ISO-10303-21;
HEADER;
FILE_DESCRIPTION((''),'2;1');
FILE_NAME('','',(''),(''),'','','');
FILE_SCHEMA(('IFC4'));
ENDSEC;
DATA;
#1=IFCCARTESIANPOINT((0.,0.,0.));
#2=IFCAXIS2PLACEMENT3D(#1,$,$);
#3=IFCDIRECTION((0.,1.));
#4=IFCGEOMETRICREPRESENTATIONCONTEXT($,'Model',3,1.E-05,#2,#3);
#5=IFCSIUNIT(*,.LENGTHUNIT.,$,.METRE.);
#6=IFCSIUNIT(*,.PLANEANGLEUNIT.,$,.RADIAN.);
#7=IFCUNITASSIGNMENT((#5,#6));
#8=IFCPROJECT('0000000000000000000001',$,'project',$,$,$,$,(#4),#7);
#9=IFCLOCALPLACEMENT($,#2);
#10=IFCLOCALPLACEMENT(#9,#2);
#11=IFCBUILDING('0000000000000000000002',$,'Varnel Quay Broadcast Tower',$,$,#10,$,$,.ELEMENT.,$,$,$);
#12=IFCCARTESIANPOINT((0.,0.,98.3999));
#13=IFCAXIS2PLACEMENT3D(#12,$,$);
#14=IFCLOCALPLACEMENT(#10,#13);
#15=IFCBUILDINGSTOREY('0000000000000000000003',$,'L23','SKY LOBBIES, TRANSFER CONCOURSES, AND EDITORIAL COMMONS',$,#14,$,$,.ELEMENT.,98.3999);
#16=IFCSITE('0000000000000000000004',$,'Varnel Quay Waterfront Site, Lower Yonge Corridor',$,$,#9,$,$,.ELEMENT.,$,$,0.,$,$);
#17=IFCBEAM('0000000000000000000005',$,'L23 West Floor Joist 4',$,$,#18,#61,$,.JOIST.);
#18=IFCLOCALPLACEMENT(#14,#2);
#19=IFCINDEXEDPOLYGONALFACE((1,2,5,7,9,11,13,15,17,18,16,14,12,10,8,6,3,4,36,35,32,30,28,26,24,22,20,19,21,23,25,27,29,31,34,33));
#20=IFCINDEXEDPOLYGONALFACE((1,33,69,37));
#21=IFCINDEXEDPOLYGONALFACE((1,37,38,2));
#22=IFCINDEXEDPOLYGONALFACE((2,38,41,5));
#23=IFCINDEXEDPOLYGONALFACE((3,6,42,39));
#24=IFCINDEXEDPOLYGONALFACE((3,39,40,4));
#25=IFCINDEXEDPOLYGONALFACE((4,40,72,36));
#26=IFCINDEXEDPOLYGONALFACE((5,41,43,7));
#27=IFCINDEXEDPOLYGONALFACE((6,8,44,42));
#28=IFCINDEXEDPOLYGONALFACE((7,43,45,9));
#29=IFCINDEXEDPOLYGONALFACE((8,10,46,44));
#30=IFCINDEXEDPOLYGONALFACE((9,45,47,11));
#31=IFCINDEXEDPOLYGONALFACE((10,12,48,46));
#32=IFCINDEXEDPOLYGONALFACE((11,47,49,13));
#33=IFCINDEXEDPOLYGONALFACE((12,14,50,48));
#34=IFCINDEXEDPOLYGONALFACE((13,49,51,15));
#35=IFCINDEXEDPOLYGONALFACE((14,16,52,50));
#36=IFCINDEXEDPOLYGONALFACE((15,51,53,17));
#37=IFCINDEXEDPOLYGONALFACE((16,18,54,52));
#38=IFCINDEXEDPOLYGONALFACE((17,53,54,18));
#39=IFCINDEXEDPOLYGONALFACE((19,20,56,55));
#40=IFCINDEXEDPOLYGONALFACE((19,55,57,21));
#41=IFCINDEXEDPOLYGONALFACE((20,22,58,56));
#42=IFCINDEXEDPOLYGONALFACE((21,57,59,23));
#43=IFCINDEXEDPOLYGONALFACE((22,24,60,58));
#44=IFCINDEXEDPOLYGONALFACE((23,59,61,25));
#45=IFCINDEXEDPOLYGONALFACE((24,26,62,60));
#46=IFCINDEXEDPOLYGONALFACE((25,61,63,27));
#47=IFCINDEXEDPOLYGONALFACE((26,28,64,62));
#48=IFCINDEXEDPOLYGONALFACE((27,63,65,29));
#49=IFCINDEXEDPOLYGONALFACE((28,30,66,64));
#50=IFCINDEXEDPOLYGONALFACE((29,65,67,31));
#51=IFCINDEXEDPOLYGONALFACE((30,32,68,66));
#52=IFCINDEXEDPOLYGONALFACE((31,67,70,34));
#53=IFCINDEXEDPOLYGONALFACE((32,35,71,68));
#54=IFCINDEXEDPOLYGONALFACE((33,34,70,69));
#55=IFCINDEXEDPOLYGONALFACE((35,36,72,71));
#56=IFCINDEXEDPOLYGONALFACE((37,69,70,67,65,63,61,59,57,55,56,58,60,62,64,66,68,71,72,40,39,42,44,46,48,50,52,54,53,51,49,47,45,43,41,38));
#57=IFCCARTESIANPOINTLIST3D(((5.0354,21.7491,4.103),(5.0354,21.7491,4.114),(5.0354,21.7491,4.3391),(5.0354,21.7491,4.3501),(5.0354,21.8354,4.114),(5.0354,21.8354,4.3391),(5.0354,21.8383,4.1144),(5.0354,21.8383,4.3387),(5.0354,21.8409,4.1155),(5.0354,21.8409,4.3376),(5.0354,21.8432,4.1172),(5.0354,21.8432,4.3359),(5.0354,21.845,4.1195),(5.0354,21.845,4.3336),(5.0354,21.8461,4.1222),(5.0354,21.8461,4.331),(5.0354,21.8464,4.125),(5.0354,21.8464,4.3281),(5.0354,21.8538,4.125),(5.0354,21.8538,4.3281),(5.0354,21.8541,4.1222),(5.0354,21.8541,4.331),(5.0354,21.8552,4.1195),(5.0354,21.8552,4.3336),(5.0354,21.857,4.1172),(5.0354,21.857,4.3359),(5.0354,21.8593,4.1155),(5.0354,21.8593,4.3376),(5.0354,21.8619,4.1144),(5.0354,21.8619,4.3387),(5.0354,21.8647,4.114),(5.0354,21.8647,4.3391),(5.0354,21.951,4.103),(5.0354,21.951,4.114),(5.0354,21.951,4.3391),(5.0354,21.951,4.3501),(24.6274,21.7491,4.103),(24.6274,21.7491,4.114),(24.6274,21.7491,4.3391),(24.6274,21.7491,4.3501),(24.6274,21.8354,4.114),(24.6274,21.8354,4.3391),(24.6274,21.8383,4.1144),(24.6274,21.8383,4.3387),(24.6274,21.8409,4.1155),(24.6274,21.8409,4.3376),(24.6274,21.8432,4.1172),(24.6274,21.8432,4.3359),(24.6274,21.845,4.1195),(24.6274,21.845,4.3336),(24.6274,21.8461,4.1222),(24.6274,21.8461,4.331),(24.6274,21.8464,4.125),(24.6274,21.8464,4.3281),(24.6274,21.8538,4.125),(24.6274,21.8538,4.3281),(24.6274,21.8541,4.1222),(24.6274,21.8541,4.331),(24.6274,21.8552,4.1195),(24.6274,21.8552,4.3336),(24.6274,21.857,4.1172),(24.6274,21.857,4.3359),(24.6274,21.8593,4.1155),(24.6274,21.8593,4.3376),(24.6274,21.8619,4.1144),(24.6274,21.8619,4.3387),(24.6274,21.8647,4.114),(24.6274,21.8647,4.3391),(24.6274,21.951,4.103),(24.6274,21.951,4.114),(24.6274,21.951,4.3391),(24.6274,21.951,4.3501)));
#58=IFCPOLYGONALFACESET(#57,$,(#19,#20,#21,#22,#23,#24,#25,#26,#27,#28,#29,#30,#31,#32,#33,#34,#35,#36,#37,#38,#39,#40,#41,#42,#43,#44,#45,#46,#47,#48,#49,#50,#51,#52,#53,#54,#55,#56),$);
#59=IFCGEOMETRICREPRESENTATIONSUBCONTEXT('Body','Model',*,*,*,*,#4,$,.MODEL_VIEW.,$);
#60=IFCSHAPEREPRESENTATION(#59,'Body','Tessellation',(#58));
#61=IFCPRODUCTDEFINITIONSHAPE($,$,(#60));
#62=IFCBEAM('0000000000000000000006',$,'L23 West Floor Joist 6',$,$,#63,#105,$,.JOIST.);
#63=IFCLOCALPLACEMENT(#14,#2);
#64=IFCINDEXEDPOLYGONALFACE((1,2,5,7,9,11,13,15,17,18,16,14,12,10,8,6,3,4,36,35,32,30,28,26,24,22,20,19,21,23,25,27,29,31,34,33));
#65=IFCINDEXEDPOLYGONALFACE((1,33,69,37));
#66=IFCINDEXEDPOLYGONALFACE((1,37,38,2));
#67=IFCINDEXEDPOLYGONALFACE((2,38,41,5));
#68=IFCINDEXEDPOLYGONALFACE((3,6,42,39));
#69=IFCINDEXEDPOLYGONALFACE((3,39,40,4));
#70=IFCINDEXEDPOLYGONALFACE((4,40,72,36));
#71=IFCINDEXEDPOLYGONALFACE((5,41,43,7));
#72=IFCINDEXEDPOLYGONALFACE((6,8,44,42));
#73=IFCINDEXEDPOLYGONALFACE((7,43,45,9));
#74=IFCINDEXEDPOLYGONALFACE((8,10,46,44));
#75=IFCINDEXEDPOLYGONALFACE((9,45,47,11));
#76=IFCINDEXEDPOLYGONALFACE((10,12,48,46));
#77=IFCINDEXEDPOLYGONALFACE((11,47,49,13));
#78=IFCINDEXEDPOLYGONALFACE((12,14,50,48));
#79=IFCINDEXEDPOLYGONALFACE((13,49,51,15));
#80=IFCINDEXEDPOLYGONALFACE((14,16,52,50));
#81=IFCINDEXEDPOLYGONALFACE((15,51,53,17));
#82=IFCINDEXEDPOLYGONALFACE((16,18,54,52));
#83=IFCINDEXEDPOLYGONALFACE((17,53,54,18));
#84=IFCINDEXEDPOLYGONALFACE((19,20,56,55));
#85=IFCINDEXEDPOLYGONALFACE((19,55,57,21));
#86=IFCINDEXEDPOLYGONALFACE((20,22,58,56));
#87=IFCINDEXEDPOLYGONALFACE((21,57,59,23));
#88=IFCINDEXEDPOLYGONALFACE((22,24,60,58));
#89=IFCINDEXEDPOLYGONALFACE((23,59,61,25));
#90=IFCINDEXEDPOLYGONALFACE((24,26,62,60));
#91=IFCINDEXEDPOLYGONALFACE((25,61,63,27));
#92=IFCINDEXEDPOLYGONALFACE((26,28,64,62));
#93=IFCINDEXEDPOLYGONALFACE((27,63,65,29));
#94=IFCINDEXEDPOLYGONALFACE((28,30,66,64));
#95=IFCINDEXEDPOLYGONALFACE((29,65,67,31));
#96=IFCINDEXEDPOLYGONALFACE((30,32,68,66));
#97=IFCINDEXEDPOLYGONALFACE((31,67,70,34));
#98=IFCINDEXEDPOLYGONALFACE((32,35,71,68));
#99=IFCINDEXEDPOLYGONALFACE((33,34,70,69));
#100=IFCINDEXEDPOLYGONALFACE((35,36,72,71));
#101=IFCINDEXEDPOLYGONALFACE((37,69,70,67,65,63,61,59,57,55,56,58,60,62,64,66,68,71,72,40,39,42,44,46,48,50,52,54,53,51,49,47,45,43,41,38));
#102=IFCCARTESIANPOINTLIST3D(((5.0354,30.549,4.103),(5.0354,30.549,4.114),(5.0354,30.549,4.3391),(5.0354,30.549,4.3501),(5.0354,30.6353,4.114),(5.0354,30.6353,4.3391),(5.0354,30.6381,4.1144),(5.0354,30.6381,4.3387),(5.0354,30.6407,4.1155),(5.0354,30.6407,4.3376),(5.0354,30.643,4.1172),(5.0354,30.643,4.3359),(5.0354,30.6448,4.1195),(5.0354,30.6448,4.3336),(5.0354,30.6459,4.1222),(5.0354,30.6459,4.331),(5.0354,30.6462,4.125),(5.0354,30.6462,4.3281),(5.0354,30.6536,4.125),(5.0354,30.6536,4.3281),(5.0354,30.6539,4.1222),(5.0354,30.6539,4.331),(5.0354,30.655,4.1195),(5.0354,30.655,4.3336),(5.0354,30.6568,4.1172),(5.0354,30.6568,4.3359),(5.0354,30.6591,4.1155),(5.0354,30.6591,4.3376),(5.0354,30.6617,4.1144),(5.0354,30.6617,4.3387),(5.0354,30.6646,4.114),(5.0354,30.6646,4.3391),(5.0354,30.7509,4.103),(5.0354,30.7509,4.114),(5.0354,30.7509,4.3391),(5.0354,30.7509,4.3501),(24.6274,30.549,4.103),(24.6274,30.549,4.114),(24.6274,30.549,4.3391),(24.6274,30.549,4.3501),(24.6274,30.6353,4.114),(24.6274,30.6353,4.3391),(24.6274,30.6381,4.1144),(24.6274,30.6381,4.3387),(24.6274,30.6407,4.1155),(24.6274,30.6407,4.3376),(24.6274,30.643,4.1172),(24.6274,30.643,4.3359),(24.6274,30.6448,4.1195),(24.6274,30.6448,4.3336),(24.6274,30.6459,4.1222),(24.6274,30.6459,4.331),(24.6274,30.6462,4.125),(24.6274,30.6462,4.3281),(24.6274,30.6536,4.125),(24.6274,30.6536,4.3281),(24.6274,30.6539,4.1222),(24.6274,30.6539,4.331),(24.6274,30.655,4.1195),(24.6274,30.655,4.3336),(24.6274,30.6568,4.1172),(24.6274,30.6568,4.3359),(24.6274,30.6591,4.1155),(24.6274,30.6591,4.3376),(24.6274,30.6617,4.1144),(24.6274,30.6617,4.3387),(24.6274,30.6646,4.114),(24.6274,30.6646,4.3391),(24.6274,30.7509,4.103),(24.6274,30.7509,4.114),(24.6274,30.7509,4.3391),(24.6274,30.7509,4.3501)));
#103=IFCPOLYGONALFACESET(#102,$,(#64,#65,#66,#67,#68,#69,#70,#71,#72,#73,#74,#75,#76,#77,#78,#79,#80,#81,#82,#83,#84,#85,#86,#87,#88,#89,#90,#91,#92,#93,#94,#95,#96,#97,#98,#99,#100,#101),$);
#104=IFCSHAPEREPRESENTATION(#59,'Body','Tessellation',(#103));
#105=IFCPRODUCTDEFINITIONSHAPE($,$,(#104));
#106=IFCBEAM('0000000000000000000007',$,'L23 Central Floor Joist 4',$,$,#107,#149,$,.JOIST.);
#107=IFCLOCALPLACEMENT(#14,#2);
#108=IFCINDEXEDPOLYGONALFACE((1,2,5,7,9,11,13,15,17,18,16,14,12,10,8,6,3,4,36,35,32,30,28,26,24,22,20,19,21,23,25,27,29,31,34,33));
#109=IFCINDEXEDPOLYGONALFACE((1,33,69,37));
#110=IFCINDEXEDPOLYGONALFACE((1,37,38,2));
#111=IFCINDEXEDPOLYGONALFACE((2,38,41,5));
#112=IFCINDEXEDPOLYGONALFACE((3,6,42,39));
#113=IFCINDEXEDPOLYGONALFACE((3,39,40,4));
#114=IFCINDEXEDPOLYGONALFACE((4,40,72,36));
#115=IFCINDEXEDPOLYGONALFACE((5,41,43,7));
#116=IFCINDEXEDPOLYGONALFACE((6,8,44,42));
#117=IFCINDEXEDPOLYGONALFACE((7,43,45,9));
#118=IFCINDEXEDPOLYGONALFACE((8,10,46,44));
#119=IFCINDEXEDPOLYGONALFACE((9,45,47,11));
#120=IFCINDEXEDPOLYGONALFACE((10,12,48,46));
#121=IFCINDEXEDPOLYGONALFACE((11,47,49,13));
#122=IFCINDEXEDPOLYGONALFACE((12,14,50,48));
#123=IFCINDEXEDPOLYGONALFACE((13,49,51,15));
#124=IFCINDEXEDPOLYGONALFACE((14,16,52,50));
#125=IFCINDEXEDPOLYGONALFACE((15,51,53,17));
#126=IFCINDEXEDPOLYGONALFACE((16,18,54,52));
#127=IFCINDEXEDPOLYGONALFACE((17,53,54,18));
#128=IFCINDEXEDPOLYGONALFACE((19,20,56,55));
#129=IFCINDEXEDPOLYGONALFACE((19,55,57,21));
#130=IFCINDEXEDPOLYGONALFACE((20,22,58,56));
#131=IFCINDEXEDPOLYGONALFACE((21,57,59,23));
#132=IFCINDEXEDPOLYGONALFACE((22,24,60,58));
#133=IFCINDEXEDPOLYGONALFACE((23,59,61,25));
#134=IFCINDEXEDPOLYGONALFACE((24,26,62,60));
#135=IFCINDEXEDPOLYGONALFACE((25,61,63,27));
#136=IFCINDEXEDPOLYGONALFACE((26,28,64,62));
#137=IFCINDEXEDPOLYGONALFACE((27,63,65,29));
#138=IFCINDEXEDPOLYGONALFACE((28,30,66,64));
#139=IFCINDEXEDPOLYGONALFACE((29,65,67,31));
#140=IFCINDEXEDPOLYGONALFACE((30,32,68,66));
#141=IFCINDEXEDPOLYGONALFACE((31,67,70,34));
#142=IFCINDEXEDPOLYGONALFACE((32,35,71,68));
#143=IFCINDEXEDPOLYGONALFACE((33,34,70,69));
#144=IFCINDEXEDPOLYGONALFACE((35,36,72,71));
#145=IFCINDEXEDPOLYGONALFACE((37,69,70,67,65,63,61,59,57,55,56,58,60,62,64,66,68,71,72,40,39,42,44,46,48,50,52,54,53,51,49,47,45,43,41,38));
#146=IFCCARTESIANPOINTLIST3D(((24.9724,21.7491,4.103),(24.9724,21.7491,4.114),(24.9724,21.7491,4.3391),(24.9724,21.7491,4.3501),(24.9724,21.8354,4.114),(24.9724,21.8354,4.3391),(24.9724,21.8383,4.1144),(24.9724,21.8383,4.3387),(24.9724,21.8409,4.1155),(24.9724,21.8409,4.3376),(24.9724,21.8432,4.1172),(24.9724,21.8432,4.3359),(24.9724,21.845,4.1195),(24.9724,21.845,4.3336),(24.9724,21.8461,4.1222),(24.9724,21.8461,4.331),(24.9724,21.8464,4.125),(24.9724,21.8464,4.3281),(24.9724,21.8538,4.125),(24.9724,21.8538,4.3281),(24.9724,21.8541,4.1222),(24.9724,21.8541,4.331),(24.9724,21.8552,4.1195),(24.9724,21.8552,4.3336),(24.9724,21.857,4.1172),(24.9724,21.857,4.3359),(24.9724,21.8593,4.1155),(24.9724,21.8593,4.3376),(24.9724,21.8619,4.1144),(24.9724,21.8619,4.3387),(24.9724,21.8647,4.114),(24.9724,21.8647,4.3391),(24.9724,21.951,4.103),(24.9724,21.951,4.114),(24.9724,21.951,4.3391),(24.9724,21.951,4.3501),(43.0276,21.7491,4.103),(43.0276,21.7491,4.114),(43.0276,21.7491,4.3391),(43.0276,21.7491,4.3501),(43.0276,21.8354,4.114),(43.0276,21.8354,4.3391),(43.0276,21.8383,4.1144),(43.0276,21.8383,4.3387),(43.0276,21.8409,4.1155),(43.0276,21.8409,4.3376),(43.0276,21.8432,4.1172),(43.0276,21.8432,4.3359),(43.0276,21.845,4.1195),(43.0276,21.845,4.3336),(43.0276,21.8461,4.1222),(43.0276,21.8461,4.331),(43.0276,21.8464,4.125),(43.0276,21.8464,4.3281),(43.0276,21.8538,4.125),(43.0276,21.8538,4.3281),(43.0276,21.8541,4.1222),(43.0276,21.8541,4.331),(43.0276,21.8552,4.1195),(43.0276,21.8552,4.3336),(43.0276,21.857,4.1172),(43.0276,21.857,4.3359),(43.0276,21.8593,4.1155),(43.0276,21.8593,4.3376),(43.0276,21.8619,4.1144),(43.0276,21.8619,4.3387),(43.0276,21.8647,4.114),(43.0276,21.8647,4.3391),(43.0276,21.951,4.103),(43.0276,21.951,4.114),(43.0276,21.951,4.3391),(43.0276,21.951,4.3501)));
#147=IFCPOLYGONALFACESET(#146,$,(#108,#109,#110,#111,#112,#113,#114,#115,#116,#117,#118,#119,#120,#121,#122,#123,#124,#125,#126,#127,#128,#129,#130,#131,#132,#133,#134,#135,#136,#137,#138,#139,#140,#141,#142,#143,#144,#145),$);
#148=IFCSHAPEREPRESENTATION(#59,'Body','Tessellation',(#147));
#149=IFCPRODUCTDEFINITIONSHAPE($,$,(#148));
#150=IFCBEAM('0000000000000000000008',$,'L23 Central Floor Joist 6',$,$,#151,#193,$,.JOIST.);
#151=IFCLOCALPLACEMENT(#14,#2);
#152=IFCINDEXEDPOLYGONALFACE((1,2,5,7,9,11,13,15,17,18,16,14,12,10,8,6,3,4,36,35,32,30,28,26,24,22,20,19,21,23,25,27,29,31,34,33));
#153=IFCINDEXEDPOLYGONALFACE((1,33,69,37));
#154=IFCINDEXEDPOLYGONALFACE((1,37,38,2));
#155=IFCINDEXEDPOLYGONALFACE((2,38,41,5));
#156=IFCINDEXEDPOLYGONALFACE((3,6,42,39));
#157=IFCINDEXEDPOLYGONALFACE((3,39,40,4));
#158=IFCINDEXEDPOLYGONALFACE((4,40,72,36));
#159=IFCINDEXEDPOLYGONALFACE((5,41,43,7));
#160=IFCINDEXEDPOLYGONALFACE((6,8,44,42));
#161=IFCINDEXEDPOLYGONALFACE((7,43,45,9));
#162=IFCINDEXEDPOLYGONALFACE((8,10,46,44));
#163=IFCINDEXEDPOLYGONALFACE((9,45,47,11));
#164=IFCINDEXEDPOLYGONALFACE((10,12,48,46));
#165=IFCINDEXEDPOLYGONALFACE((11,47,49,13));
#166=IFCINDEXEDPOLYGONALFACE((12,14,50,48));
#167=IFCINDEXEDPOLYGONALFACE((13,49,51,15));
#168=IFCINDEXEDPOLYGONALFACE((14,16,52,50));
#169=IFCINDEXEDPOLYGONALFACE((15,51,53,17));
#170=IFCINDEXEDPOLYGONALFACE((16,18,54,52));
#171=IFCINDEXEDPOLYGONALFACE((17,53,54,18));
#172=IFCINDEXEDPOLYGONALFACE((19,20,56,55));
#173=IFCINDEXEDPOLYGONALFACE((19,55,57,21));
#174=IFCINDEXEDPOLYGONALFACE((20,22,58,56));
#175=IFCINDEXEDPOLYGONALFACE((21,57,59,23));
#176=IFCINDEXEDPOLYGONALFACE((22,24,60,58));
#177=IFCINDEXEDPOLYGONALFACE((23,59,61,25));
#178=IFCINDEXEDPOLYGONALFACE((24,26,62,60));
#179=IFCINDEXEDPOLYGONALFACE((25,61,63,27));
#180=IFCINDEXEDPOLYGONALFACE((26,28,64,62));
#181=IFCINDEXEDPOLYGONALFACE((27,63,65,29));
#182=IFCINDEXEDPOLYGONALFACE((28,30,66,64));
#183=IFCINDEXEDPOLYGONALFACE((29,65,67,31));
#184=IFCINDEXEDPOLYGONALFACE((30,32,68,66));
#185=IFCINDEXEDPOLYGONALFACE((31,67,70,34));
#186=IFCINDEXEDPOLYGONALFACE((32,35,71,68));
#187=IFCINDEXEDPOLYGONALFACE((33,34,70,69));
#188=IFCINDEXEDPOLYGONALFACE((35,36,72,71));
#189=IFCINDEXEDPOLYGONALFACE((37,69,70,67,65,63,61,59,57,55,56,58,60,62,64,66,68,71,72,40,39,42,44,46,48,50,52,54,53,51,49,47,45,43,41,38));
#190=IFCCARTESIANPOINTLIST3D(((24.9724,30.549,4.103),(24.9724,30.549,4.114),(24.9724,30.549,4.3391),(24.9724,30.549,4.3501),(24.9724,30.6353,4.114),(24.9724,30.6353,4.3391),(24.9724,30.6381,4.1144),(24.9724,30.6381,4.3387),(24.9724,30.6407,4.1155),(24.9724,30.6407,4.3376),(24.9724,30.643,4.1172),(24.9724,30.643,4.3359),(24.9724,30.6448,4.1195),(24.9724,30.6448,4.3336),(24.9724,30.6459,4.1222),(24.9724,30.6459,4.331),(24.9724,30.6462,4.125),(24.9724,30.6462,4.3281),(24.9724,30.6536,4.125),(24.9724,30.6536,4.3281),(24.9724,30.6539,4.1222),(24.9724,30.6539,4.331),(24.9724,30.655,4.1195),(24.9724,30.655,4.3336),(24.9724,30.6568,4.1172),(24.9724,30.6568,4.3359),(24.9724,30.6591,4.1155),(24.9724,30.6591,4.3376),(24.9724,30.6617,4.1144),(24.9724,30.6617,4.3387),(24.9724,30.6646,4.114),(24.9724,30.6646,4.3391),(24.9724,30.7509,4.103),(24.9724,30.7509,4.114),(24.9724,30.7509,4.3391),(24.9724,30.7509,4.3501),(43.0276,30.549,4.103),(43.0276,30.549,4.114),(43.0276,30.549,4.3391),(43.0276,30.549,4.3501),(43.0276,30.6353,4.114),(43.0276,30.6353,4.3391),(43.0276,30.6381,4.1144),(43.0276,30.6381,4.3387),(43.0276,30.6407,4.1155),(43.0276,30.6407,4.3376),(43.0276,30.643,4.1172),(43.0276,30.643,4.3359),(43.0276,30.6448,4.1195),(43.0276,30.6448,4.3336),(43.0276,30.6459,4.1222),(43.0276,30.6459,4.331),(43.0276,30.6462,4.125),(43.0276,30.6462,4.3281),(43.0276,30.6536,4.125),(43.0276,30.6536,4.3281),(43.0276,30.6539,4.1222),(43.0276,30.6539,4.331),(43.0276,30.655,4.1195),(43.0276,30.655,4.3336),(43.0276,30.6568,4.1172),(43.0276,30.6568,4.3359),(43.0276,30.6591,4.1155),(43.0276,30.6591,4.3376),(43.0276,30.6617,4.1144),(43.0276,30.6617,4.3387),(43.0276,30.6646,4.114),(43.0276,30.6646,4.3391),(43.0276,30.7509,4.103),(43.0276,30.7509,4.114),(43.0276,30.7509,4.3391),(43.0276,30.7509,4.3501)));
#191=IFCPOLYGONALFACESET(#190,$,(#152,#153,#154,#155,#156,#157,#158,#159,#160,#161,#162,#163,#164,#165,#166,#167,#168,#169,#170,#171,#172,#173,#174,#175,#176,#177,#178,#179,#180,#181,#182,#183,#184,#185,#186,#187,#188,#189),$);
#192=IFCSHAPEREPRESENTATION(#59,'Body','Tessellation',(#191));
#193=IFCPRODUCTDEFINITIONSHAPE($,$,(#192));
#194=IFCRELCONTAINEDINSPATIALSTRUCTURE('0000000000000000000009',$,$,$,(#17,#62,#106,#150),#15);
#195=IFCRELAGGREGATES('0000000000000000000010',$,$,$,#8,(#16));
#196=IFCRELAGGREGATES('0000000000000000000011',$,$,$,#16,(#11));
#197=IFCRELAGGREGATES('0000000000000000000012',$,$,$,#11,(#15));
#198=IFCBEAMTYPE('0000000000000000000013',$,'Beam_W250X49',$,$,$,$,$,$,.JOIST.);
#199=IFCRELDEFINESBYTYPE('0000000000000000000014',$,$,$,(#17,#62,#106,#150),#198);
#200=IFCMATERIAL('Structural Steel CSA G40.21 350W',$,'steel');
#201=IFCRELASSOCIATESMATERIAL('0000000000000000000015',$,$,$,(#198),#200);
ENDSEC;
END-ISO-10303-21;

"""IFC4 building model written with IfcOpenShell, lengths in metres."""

from ifc_helpers import new_model, si_unit, direction, frame, origin, origin_2d, place, context, subcontext, project, spatial, i_section, extrude, source, transform, mapped, material, material_profile, profile_set, type_object, type_shapes, element, save


model = new_model("IFC4")

# Units and contexts
model_context = context("Model", 3, precision=1e-05, world=origin(), true_north=direction((0.0, 1.0)))
body_context = subcontext(model_context, "Body", "Model", "MODEL_VIEW")
ifc_project = project(units=[si_unit("LENGTHUNIT", "METRE"), si_unit("PLANEANGLEUNIT", "RADIAN")], contexts=[model_context])

# Site, building, storey
site_placement = place(None, origin())
site = spatial("IfcSite", under=ifc_project, at=site_placement, Name="Varnel Quay Waterfront Site, Lower Yonge Corridor", CompositionType="ELEMENT", RefElevation=0.0)
building_placement = place(site_placement, origin())
building = spatial("IfcBuilding", under=site, at=building_placement, Name="Varnel Quay Broadcast Tower", CompositionType="ELEMENT")
storey_placement = place(building_placement, frame((0.0, 0.0, 98.3999)))
storey = spatial("IfcBuildingStorey", under=building, at=storey_placement, Name="L23", Description="SKY LOBBIES, TRANSFER CONCOURSES, AND EDITORIAL COMMONS", CompositionType="ELEMENT", Elevation=98.3999)

# Shared definitions
ifc_material_1 = material(Name="Structural Steel CSA G40.21 350W", Category="steel")

# Beams
ifc_material_profile_1 = material_profile(ifc_material_1, i_section(OverallWidth=0.2019, OverallDepth=0.2471, WebThickness=0.0073, FlangeThickness=0.011, FilletRadius=0.011, at=origin_2d()), Name="W250X49")
ifc_profile_set_1 = profile_set([ifc_material_profile_1], Name="Structural Steel CSA G40.21 350W")
beam_type_1 = type_object("IfcBeamType", Name="Beam_W250X49", PredefinedType="JOIST", material=ifc_profile_set_1)
shared_shape_1 = source(origin(), body_context, "Body", "SweptSolid", [
    extrude(i_section(OverallWidth=0.2019, OverallDepth=0.2471, WebThickness=0.0073, FlangeThickness=0.011, FilletRadius=0.011, at=origin_2d()), origin(), (0.0, 0.0, 1.0), 19.592),
])
for number, where, z_axis, x_axis, name in (
    (1, (5.0354, 21.8501, 4.2266), (1.0, 0.0, 0.0), (0.0, 1.0, 0.0), "L23 West Floor Joist 4"),
    (2, (5.0354, 30.6499, 4.2266), (1.0, 0.0, 0.0), (0.0, 1.0, 0.0), "L23 West Floor Joist 6"),
):
    element("IfcBeam", number, at=place(storey_placement, frame(where, z_axis=z_axis, x_axis=x_axis)), inside=storey, type_object=beam_type_1, Name=name, PredefinedType="JOIST", context=body_context, shape_type="MappedRepresentation", body=[
        mapped(shared_shape_1, transform((0.0, 0.0, 0.0), x_axis=(1.0, 0.0, 0.0), y_axis=(0.0, 1.0, 0.0), z_axis=(0.0, 0.0, 1.0), scale=1.0)),
    ])
shared_shape_2 = source(origin(), body_context, "Body", "SweptSolid", [
    extrude(i_section(OverallWidth=0.2019, OverallDepth=0.2471, WebThickness=0.0073, FlangeThickness=0.011, FilletRadius=0.011, at=origin_2d()), origin(), (0.0, 0.0, 1.0), 18.0552),
])
type_shapes(beam_type_1, [shared_shape_1, shared_shape_2])
for number, where, z_axis, x_axis, name in (
    (3, (24.9724, 21.8501, 4.2266), (1.0, 0.0, 0.0), (0.0, 1.0, 0.0), "L23 Central Floor Joist 4"),
    (4, (24.9724, 30.6499, 4.2266), (1.0, 0.0, 0.0), (0.0, 1.0, 0.0), "L23 Central Floor Joist 6"),
):
    element("IfcBeam", number, at=place(storey_placement, frame(where, z_axis=z_axis, x_axis=x_axis)), inside=storey, type_object=beam_type_1, Name=name, PredefinedType="JOIST", context=body_context, shape_type="MappedRepresentation", body=[
        mapped(shared_shape_2, transform((0.0, 0.0, 0.0), x_axis=(1.0, 0.0, 0.0), y_axis=(0.0, 1.0, 0.0), z_axis=(0.0, 0.0, 1.0), scale=1.0)),
    ])

save(model, "model.ifc")
